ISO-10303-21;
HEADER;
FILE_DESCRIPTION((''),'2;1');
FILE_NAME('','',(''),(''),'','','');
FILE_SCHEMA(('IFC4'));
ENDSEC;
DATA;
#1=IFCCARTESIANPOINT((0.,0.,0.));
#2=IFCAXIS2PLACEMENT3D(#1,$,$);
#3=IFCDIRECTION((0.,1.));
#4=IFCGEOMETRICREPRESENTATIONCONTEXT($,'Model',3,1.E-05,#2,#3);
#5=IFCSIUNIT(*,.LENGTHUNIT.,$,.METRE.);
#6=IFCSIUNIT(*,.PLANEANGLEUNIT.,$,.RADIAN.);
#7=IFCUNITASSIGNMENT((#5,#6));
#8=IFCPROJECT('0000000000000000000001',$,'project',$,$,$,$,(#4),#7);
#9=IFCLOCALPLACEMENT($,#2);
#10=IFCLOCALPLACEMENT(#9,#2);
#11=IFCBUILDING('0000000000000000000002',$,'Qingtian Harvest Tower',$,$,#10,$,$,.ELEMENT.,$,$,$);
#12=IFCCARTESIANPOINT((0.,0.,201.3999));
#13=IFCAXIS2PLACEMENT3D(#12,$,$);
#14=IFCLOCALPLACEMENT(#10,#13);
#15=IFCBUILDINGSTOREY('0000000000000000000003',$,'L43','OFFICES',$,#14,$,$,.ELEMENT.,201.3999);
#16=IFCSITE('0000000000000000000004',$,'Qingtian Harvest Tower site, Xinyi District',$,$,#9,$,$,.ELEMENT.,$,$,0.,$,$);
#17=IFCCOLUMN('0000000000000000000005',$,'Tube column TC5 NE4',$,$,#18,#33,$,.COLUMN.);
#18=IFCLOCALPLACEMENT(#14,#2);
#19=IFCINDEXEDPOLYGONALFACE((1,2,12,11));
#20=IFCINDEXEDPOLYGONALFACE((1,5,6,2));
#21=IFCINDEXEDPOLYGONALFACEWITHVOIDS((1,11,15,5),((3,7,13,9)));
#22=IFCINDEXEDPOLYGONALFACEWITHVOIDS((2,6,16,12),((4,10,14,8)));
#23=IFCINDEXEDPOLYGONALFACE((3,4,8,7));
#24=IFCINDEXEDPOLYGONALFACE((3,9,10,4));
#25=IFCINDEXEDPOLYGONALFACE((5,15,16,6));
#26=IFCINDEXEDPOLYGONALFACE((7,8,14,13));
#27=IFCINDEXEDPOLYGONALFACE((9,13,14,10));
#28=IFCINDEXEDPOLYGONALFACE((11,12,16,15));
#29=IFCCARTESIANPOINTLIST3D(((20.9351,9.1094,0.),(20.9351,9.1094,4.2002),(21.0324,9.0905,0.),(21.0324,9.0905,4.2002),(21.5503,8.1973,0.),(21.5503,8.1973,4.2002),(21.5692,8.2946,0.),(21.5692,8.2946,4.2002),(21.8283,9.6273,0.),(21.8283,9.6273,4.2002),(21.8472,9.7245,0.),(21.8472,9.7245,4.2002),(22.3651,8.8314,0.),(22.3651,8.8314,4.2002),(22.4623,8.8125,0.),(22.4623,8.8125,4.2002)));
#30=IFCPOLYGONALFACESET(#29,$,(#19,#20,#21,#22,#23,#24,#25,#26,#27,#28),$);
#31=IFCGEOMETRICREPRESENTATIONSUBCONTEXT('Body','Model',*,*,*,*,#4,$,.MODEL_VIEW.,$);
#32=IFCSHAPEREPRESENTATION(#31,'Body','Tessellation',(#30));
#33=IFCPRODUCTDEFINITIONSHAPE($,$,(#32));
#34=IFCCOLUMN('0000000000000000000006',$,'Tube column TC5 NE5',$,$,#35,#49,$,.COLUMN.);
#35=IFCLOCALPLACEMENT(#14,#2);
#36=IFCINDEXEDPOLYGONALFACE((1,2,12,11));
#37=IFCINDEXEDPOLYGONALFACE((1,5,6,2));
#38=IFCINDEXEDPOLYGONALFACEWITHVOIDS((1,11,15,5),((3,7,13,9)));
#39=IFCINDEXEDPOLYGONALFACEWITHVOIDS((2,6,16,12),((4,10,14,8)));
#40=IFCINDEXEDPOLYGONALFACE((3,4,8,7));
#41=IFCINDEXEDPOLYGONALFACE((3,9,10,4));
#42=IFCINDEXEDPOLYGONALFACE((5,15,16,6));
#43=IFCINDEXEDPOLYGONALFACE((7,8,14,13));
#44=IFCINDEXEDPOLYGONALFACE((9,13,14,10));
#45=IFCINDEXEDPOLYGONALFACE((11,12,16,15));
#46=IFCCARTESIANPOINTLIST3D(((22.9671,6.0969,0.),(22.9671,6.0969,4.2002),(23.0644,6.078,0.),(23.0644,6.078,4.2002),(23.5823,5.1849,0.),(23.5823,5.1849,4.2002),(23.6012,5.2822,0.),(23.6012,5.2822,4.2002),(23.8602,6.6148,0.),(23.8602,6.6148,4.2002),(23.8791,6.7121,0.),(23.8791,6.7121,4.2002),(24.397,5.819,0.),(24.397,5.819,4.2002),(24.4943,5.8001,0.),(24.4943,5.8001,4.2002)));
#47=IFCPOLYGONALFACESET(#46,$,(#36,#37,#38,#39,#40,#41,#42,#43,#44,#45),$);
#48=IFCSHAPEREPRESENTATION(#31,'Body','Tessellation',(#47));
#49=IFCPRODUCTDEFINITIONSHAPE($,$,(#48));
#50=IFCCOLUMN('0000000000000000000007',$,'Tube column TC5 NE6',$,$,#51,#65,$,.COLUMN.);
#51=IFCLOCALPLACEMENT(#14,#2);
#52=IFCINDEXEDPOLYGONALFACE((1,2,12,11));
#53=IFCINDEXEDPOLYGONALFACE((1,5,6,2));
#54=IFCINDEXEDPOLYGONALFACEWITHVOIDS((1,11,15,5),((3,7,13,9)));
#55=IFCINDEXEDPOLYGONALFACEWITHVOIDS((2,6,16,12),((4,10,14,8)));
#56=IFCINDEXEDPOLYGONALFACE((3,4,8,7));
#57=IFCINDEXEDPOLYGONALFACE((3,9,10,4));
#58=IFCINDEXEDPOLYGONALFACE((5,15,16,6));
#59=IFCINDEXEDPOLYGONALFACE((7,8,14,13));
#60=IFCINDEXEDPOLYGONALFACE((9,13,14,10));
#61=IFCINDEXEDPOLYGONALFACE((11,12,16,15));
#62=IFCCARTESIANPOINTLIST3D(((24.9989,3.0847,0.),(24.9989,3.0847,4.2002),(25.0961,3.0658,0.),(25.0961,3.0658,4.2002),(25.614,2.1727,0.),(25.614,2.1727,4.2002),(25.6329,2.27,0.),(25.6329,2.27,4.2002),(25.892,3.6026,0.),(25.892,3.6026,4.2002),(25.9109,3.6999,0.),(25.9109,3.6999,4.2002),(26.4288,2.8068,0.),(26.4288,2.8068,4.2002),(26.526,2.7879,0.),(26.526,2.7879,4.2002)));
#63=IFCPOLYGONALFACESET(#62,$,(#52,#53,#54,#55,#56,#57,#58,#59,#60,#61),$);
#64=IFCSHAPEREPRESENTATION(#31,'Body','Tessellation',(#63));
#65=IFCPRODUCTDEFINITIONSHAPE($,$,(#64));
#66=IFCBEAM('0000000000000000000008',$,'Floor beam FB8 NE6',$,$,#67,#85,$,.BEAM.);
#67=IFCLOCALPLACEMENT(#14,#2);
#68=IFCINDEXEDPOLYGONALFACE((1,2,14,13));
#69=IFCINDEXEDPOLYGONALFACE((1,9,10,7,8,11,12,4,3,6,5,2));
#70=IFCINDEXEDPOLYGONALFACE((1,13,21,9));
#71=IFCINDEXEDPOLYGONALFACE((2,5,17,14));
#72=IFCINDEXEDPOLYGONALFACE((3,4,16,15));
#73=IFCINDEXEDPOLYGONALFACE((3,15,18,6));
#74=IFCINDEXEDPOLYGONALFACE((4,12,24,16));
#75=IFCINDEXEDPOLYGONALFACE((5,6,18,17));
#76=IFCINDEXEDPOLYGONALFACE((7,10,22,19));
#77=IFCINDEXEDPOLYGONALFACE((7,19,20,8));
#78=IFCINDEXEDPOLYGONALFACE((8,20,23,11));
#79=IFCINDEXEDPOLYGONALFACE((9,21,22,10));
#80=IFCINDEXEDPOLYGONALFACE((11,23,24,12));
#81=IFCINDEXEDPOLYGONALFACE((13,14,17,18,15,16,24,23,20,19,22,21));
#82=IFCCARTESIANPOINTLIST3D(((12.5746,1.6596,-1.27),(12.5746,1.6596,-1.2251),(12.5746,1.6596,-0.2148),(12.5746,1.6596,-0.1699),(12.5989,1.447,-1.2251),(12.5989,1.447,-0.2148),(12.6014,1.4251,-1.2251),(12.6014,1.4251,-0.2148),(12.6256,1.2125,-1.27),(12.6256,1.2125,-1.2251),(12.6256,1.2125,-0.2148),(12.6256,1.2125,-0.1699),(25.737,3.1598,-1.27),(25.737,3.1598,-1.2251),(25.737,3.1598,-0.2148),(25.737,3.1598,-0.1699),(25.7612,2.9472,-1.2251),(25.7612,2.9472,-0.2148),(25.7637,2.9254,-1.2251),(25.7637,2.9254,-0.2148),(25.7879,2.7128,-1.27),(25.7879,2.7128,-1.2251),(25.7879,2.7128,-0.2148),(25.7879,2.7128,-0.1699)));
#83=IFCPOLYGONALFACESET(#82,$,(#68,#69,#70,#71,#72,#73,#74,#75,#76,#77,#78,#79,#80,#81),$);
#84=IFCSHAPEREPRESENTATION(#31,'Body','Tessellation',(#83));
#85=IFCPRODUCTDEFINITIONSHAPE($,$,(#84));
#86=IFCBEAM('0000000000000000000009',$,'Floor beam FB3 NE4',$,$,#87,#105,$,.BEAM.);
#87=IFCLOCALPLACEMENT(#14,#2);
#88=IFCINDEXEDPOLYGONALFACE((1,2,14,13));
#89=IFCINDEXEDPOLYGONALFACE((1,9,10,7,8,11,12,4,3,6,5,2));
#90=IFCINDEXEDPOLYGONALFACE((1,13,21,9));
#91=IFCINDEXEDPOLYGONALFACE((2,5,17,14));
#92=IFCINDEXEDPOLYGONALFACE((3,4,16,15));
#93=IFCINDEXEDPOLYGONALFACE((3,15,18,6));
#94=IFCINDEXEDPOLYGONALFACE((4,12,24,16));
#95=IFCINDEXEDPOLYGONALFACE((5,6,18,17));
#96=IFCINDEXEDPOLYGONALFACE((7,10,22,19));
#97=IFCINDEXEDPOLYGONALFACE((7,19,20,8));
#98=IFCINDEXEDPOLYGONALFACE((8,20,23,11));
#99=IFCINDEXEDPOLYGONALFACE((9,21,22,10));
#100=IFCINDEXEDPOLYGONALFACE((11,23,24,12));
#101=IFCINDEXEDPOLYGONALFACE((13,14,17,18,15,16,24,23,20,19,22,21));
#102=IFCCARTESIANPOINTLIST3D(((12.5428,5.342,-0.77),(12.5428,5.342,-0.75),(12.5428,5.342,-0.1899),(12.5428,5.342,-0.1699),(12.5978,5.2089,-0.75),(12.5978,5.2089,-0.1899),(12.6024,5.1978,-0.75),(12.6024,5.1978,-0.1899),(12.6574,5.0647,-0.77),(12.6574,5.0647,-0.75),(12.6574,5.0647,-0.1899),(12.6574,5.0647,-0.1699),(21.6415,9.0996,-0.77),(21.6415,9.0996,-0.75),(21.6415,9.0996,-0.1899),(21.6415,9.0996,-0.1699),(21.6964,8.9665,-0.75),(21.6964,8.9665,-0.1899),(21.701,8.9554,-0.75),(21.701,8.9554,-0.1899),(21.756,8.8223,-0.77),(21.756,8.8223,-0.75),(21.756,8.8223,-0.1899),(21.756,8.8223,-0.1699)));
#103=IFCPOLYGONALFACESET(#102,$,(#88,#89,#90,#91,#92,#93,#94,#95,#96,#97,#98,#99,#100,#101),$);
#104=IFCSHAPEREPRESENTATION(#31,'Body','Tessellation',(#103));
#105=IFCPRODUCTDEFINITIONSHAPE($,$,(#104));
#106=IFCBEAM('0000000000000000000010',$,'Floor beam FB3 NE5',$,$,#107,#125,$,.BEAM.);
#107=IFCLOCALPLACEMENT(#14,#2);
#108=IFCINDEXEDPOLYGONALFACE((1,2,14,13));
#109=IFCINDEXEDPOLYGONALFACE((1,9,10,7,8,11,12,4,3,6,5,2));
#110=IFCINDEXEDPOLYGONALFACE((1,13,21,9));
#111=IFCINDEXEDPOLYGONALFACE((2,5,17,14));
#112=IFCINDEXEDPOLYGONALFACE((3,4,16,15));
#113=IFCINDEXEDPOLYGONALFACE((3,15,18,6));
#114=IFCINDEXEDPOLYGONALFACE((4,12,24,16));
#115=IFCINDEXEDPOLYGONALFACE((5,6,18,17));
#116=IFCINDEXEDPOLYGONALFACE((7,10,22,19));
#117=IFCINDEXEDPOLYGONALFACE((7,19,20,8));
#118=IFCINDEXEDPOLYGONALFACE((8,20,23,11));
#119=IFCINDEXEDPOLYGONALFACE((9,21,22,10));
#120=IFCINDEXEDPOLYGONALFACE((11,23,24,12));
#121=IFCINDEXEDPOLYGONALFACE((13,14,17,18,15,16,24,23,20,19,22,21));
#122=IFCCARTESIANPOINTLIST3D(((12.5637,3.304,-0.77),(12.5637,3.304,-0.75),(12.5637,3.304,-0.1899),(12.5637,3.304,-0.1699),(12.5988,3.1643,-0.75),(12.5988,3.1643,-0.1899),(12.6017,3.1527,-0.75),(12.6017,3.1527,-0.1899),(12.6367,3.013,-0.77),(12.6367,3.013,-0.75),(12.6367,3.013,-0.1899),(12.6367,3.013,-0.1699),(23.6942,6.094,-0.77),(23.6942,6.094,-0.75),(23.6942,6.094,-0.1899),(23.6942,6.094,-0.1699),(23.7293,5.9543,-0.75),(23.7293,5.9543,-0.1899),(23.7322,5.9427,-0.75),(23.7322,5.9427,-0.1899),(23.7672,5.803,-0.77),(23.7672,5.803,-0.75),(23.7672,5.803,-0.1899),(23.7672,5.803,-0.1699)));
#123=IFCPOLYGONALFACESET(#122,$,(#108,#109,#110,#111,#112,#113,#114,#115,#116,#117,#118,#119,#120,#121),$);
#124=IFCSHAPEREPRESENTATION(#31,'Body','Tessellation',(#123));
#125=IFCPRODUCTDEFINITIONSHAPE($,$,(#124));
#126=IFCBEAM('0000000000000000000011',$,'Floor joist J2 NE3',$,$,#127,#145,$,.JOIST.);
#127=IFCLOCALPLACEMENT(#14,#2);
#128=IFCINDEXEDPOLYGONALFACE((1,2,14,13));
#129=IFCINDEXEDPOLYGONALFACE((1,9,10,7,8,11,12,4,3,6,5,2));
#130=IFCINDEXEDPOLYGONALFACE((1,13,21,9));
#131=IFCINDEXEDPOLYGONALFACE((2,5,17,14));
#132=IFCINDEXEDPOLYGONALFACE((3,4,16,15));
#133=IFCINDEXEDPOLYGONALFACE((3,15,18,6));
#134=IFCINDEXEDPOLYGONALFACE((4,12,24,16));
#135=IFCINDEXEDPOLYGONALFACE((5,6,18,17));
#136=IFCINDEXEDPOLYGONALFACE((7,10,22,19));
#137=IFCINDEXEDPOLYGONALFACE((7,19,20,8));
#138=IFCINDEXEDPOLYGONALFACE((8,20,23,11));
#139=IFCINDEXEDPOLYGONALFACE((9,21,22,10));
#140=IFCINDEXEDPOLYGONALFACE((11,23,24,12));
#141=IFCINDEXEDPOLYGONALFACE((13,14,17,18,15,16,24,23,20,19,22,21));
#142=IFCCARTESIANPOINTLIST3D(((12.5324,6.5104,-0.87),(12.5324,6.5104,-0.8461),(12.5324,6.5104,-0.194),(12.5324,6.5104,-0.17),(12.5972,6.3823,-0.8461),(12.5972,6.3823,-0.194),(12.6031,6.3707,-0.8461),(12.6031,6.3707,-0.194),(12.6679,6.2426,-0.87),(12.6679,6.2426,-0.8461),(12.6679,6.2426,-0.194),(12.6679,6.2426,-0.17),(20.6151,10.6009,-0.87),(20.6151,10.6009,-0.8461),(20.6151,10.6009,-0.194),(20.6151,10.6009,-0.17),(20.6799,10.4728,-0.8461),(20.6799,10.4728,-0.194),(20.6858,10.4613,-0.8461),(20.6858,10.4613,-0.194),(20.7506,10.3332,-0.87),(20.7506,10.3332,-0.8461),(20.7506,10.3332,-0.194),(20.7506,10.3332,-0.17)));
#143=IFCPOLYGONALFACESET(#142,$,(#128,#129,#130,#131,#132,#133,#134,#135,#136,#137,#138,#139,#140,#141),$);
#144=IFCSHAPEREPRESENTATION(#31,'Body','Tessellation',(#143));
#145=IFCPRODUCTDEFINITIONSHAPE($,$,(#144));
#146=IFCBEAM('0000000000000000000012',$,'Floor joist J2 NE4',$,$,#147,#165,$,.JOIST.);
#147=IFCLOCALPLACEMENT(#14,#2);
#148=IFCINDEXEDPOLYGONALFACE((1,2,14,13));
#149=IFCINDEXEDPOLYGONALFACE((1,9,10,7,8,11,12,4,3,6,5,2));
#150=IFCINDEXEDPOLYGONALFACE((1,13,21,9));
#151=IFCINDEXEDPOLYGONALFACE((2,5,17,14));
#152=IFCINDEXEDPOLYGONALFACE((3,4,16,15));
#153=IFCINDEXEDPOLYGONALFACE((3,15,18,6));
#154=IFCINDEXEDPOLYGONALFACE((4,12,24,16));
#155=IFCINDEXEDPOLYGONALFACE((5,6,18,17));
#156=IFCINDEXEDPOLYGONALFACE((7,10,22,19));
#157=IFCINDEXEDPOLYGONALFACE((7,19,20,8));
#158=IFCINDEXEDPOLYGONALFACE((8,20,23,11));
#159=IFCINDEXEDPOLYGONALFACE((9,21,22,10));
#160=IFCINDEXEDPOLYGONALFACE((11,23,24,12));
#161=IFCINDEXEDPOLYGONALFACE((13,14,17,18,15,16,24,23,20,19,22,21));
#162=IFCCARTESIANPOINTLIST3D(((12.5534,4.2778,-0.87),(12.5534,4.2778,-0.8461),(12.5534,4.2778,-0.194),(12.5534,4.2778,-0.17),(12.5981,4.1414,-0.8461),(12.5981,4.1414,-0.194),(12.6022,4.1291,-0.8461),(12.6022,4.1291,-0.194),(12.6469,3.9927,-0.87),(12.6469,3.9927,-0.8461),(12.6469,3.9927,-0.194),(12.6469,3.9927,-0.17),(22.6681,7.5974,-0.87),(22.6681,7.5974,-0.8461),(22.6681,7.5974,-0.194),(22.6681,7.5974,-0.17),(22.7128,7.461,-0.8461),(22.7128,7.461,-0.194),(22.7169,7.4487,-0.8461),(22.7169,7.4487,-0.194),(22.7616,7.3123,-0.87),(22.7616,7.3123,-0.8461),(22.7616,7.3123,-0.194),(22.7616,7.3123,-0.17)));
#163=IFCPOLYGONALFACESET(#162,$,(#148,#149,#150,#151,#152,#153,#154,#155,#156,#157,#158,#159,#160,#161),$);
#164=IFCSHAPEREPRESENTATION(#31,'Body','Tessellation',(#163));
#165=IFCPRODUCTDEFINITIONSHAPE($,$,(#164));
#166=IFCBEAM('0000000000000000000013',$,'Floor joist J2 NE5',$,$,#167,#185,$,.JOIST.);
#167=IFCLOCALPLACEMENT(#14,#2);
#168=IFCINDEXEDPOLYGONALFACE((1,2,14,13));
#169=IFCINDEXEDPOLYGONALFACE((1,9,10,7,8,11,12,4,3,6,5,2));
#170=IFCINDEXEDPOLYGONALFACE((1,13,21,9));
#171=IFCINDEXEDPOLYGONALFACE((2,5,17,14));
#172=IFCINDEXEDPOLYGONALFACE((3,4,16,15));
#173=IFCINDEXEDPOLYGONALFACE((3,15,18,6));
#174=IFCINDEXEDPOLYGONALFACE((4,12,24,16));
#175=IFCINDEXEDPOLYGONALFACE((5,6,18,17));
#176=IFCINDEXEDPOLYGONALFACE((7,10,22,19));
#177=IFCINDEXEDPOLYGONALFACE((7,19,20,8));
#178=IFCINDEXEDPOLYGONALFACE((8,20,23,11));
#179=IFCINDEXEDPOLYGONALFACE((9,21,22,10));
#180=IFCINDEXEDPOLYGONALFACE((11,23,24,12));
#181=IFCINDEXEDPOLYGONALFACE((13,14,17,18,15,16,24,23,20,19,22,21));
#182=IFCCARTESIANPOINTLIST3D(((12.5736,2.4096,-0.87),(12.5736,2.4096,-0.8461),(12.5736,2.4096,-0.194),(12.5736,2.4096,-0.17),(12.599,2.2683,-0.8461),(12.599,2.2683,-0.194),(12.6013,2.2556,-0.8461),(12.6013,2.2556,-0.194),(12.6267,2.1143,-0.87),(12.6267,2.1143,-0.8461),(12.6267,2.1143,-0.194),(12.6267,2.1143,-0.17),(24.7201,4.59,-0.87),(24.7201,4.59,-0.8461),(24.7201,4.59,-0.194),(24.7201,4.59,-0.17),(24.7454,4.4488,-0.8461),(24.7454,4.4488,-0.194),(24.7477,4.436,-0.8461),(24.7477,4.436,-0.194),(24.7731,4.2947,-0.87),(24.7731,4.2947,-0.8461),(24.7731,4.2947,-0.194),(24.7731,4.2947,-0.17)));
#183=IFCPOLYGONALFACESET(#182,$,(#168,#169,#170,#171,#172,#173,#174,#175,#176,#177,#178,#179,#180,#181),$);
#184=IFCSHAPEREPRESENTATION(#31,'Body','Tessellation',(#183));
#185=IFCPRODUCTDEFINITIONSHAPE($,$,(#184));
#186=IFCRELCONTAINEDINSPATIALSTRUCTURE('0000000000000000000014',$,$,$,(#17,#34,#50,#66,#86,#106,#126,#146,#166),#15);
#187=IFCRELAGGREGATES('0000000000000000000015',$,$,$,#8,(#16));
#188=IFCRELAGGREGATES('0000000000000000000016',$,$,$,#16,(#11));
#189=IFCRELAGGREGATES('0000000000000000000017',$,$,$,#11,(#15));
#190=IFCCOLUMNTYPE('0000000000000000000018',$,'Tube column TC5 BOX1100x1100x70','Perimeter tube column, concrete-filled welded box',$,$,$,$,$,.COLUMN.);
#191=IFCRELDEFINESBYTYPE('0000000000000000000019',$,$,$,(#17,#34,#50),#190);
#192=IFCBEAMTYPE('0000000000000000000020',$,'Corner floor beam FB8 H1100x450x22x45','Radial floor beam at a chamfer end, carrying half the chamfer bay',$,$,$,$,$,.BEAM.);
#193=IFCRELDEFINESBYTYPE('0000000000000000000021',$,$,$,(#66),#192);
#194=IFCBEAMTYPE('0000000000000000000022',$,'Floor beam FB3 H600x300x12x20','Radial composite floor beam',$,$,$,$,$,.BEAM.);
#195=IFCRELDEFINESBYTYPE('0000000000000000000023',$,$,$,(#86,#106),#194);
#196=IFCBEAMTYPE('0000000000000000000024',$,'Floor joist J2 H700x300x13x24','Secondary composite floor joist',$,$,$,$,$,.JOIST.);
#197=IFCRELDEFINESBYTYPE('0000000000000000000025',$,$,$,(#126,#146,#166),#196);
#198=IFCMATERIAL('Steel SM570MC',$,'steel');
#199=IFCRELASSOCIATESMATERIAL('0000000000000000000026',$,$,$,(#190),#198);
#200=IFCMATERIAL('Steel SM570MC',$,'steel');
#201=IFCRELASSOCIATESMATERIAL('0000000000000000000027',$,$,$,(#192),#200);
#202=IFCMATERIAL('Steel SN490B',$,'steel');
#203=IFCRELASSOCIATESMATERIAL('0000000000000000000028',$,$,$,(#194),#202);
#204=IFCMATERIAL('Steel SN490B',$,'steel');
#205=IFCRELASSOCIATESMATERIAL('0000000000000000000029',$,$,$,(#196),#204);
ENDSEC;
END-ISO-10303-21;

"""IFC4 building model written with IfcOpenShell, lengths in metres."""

from ifc_helpers import new_model, si_unit, direction, frame, origin, origin_2d, place, context, subcontext, project, spatial, hollow_rectangle, i_section, extrude, material, material_profile, profile_set, type_object, element, save


model = new_model("IFC4")

# Units and contexts
model_context = context("Model", 3, precision=1e-05, world=origin(), true_north=direction((0.0, 1.0)))
body_context = subcontext(model_context, "Body", "Model", "MODEL_VIEW")
ifc_project = project(units=[si_unit("LENGTHUNIT", "METRE"), si_unit("PLANEANGLEUNIT", "RADIAN")], contexts=[model_context])

# Site, building, storey
site_placement = place(None, origin())
site = spatial("IfcSite", under=ifc_project, at=site_placement, Name="Qingtian Harvest Tower site, Xinyi District", CompositionType="ELEMENT", RefElevation=0.0)
building_placement = place(site_placement, origin())
building = spatial("IfcBuilding", under=site, at=building_placement, Name="Qingtian Harvest Tower", CompositionType="ELEMENT")
storey_placement = place(building_placement, frame((0.0, 0.0, 201.3999)))
storey = spatial("IfcBuildingStorey", under=building, at=storey_placement, Name="L43", Description="OFFICES", CompositionType="ELEMENT", Elevation=201.3999)

# Columns
ifc_material_1 = material(Name="Steel SM570MC", Category="steel")
ifc_material_profile_1 = material_profile(ifc_material_1, hollow_rectangle(XDim=1.1001, YDim=1.1001, WallThickness=0.0701, at=origin_2d()), Name="BOX1100x1100x70")
ifc_profile_set_1 = profile_set([ifc_material_profile_1], Name="Steel SM570MC")
column_type = type_object("IfcColumnType", Name="Tube column TC5 BOX1100x1100x70", Description="Perimeter tube column, concrete-filled welded box", PredefinedType="COLUMN", material=ifc_profile_set_1)
for number, where, z_axis, x_axis, name in (
    (1, (21.6987, 8.9609, 0.0), (0.0, 0.0, 1.0), (-0.559193, 0.829038, 0.0), "Tube column TC5 NE4"),
    (2, (23.7307, 5.9485, 0.0), (0.0, 0.0, 1.0), (-0.559193, 0.829038, 0.0), "Tube column TC5 NE5"),
    (3, (25.7625, 2.9363, 0.0), (0.0, 0.0, 1.0), (-0.559193, 0.829038, 0.0), "Tube column TC5 NE6"),
):
    element("IfcColumn", number, at=place(storey_placement, frame(where, z_axis=z_axis, x_axis=x_axis)), inside=storey, type_object=column_type, Name=name, PredefinedType="COLUMN", context=body_context, shape_type="SweptSolid", body=[
        extrude(hollow_rectangle(XDim=1.1001, YDim=1.1001, WallThickness=0.0701, at=origin_2d()), origin(), (0.0, 0.0, 1.0), 4.2002),
    ])

# Beams
ifc_material_2 = material(Name="Steel SM570MC", Category="steel")
ifc_material_profile_2 = material_profile(ifc_material_2, i_section(OverallWidth=0.45, OverallDepth=1.1001, WebThickness=0.022, FlangeThickness=0.0449, at=origin_2d()), Name="H1100x450x22x45")
ifc_profile_set_2 = profile_set([ifc_material_profile_2], Name="Steel SM570MC")
beam_type_1 = type_object("IfcBeamType", Name="Corner floor beam FB8 H1100x450x22x45", Description="Radial floor beam at a chamfer end, carrying half the chamfer bay", PredefinedType="BEAM", material=ifc_profile_set_2)
beam_1_placement = place(storey_placement, frame((25.7625, 2.9363, -0.72), z_axis=(-0.993567, -0.113247, 0.0), x_axis=(0.113247, -0.993567, 0.0)))
element("IfcBeam", 4, at=beam_1_placement, inside=storey, type_object=beam_type_1, Name="Floor beam FB8 NE6", PredefinedType="BEAM", context=body_context, shape_type="SweptSolid", body=[
    extrude(i_section(OverallWidth=0.45, OverallDepth=1.1001, WebThickness=0.022, FlangeThickness=0.0449, at=origin_2d()), origin(), (0.0, 0.0, 1.0), 13.2476),
])
ifc_material_3 = material(Name="Steel SN490B", Category="steel")
ifc_material_profile_3 = material_profile(ifc_material_3, i_section(OverallWidth=0.3, OverallDepth=0.6001, WebThickness=0.012, FlangeThickness=0.02, at=origin_2d()), Name="H600x300x12x20")
ifc_profile_set_3 = profile_set([ifc_material_profile_3], Name="Steel SN490B")
beam_type_2 = type_object("IfcBeamType", Name="Floor beam FB3 H600x300x12x20", Description="Radial composite floor beam", PredefinedType="BEAM", material=ifc_profile_set_3)
beam_2_placement = place(storey_placement, frame((21.6987, 8.9609, -0.47), z_axis=(-0.924282, -0.381711, 0.0), x_axis=(0.381711, -0.924282, 0.0)))
element("IfcBeam", 5, at=beam_2_placement, inside=storey, type_object=beam_type_2, Name="Floor beam FB3 NE4", PredefinedType="BEAM", context=body_context, shape_type="SweptSolid", body=[
    extrude(i_section(OverallWidth=0.3, OverallDepth=0.6001, WebThickness=0.012, FlangeThickness=0.02, at=origin_2d()), origin(), (0.0, 0.0, 1.0), 9.844),
])
beam_3_placement = place(storey_placement, frame((23.7307, 5.9485, -0.47), z_axis=(-0.969991, -0.243141, 0.0), x_axis=(0.243141, -0.969991, 0.0)))
element("IfcBeam", 6, at=beam_3_placement, inside=storey, type_object=beam_type_2, Name="Floor beam FB3 NE5", PredefinedType="BEAM", context=body_context, shape_type="SweptSolid", body=[
    extrude(i_section(OverallWidth=0.3, OverallDepth=0.6001, WebThickness=0.012, FlangeThickness=0.02, at=origin_2d()), origin(), (0.0, 0.0, 1.0), 11.4749),
])
ifc_material_4 = material(Name="Steel SN490B", Category="steel")
ifc_material_profile_4 = material_profile(ifc_material_4, i_section(OverallWidth=0.3, OverallDepth=0.7, WebThickness=0.0129, FlangeThickness=0.0239, at=origin_2d()), Name="H700x300x13x24")
ifc_profile_set_4 = profile_set([ifc_material_profile_4], Name="Steel SN490B")
beam_type_3 = type_object("IfcBeamType", Name="Floor joist J2 H700x300x13x24", Description="Secondary composite floor joist", PredefinedType="JOIST", material=ifc_profile_set_4)
beam_4_placement = place(storey_placement, frame((20.6829, 10.467, -0.52), z_axis=(-0.892244, -0.451553, 0.0), x_axis=(0.451553, -0.892244, 0.0)))
element("IfcBeam", 7, at=beam_4_placement, inside=storey, type_object=beam_type_3, Name="Floor joist J2 NE3", PredefinedType="JOIST", context=body_context, shape_type="SweptSolid", body=[
    extrude(i_section(OverallWidth=0.3, OverallDepth=0.7, WebThickness=0.0129, FlangeThickness=0.0239, at=origin_2d()), origin(), (0.0, 0.0, 1.0), 9.0588),
])
beam_5_placement = place(storey_placement, frame((22.7148, 7.4548, -0.52), z_axis=(-0.950139, -0.311828, 0.0), x_axis=(0.311828, -0.950139, 0.0)))
element("IfcBeam", 8, at=beam_5_placement, inside=storey, type_object=beam_type_3, Name="Floor joist J2 NE4", PredefinedType="JOIST", context=body_context, shape_type="SweptSolid", body=[
    extrude(i_section(OverallWidth=0.3, OverallDepth=0.7, WebThickness=0.0129, FlangeThickness=0.0239, at=origin_2d()), origin(), (0.0, 0.0, 1.0), 10.6455),
])
beam_6_placement = place(storey_placement, frame((24.7466, 4.4424, -0.52), z_axis=(-0.984267, -0.176686, 0.0), x_axis=(0.176686, -0.984267, 0.0)))
element("IfcBeam", 9, at=beam_6_placement, inside=storey, type_object=beam_type_3, Name="Floor joist J2 NE5", PredefinedType="JOIST", context=body_context, shape_type="SweptSolid", body=[
    extrude(i_section(OverallWidth=0.3, OverallDepth=0.7, WebThickness=0.0129, FlangeThickness=0.0239, at=origin_2d()), origin(), (0.0, 0.0, 1.0), 12.3406),
])

save(model, "model.ifc")
